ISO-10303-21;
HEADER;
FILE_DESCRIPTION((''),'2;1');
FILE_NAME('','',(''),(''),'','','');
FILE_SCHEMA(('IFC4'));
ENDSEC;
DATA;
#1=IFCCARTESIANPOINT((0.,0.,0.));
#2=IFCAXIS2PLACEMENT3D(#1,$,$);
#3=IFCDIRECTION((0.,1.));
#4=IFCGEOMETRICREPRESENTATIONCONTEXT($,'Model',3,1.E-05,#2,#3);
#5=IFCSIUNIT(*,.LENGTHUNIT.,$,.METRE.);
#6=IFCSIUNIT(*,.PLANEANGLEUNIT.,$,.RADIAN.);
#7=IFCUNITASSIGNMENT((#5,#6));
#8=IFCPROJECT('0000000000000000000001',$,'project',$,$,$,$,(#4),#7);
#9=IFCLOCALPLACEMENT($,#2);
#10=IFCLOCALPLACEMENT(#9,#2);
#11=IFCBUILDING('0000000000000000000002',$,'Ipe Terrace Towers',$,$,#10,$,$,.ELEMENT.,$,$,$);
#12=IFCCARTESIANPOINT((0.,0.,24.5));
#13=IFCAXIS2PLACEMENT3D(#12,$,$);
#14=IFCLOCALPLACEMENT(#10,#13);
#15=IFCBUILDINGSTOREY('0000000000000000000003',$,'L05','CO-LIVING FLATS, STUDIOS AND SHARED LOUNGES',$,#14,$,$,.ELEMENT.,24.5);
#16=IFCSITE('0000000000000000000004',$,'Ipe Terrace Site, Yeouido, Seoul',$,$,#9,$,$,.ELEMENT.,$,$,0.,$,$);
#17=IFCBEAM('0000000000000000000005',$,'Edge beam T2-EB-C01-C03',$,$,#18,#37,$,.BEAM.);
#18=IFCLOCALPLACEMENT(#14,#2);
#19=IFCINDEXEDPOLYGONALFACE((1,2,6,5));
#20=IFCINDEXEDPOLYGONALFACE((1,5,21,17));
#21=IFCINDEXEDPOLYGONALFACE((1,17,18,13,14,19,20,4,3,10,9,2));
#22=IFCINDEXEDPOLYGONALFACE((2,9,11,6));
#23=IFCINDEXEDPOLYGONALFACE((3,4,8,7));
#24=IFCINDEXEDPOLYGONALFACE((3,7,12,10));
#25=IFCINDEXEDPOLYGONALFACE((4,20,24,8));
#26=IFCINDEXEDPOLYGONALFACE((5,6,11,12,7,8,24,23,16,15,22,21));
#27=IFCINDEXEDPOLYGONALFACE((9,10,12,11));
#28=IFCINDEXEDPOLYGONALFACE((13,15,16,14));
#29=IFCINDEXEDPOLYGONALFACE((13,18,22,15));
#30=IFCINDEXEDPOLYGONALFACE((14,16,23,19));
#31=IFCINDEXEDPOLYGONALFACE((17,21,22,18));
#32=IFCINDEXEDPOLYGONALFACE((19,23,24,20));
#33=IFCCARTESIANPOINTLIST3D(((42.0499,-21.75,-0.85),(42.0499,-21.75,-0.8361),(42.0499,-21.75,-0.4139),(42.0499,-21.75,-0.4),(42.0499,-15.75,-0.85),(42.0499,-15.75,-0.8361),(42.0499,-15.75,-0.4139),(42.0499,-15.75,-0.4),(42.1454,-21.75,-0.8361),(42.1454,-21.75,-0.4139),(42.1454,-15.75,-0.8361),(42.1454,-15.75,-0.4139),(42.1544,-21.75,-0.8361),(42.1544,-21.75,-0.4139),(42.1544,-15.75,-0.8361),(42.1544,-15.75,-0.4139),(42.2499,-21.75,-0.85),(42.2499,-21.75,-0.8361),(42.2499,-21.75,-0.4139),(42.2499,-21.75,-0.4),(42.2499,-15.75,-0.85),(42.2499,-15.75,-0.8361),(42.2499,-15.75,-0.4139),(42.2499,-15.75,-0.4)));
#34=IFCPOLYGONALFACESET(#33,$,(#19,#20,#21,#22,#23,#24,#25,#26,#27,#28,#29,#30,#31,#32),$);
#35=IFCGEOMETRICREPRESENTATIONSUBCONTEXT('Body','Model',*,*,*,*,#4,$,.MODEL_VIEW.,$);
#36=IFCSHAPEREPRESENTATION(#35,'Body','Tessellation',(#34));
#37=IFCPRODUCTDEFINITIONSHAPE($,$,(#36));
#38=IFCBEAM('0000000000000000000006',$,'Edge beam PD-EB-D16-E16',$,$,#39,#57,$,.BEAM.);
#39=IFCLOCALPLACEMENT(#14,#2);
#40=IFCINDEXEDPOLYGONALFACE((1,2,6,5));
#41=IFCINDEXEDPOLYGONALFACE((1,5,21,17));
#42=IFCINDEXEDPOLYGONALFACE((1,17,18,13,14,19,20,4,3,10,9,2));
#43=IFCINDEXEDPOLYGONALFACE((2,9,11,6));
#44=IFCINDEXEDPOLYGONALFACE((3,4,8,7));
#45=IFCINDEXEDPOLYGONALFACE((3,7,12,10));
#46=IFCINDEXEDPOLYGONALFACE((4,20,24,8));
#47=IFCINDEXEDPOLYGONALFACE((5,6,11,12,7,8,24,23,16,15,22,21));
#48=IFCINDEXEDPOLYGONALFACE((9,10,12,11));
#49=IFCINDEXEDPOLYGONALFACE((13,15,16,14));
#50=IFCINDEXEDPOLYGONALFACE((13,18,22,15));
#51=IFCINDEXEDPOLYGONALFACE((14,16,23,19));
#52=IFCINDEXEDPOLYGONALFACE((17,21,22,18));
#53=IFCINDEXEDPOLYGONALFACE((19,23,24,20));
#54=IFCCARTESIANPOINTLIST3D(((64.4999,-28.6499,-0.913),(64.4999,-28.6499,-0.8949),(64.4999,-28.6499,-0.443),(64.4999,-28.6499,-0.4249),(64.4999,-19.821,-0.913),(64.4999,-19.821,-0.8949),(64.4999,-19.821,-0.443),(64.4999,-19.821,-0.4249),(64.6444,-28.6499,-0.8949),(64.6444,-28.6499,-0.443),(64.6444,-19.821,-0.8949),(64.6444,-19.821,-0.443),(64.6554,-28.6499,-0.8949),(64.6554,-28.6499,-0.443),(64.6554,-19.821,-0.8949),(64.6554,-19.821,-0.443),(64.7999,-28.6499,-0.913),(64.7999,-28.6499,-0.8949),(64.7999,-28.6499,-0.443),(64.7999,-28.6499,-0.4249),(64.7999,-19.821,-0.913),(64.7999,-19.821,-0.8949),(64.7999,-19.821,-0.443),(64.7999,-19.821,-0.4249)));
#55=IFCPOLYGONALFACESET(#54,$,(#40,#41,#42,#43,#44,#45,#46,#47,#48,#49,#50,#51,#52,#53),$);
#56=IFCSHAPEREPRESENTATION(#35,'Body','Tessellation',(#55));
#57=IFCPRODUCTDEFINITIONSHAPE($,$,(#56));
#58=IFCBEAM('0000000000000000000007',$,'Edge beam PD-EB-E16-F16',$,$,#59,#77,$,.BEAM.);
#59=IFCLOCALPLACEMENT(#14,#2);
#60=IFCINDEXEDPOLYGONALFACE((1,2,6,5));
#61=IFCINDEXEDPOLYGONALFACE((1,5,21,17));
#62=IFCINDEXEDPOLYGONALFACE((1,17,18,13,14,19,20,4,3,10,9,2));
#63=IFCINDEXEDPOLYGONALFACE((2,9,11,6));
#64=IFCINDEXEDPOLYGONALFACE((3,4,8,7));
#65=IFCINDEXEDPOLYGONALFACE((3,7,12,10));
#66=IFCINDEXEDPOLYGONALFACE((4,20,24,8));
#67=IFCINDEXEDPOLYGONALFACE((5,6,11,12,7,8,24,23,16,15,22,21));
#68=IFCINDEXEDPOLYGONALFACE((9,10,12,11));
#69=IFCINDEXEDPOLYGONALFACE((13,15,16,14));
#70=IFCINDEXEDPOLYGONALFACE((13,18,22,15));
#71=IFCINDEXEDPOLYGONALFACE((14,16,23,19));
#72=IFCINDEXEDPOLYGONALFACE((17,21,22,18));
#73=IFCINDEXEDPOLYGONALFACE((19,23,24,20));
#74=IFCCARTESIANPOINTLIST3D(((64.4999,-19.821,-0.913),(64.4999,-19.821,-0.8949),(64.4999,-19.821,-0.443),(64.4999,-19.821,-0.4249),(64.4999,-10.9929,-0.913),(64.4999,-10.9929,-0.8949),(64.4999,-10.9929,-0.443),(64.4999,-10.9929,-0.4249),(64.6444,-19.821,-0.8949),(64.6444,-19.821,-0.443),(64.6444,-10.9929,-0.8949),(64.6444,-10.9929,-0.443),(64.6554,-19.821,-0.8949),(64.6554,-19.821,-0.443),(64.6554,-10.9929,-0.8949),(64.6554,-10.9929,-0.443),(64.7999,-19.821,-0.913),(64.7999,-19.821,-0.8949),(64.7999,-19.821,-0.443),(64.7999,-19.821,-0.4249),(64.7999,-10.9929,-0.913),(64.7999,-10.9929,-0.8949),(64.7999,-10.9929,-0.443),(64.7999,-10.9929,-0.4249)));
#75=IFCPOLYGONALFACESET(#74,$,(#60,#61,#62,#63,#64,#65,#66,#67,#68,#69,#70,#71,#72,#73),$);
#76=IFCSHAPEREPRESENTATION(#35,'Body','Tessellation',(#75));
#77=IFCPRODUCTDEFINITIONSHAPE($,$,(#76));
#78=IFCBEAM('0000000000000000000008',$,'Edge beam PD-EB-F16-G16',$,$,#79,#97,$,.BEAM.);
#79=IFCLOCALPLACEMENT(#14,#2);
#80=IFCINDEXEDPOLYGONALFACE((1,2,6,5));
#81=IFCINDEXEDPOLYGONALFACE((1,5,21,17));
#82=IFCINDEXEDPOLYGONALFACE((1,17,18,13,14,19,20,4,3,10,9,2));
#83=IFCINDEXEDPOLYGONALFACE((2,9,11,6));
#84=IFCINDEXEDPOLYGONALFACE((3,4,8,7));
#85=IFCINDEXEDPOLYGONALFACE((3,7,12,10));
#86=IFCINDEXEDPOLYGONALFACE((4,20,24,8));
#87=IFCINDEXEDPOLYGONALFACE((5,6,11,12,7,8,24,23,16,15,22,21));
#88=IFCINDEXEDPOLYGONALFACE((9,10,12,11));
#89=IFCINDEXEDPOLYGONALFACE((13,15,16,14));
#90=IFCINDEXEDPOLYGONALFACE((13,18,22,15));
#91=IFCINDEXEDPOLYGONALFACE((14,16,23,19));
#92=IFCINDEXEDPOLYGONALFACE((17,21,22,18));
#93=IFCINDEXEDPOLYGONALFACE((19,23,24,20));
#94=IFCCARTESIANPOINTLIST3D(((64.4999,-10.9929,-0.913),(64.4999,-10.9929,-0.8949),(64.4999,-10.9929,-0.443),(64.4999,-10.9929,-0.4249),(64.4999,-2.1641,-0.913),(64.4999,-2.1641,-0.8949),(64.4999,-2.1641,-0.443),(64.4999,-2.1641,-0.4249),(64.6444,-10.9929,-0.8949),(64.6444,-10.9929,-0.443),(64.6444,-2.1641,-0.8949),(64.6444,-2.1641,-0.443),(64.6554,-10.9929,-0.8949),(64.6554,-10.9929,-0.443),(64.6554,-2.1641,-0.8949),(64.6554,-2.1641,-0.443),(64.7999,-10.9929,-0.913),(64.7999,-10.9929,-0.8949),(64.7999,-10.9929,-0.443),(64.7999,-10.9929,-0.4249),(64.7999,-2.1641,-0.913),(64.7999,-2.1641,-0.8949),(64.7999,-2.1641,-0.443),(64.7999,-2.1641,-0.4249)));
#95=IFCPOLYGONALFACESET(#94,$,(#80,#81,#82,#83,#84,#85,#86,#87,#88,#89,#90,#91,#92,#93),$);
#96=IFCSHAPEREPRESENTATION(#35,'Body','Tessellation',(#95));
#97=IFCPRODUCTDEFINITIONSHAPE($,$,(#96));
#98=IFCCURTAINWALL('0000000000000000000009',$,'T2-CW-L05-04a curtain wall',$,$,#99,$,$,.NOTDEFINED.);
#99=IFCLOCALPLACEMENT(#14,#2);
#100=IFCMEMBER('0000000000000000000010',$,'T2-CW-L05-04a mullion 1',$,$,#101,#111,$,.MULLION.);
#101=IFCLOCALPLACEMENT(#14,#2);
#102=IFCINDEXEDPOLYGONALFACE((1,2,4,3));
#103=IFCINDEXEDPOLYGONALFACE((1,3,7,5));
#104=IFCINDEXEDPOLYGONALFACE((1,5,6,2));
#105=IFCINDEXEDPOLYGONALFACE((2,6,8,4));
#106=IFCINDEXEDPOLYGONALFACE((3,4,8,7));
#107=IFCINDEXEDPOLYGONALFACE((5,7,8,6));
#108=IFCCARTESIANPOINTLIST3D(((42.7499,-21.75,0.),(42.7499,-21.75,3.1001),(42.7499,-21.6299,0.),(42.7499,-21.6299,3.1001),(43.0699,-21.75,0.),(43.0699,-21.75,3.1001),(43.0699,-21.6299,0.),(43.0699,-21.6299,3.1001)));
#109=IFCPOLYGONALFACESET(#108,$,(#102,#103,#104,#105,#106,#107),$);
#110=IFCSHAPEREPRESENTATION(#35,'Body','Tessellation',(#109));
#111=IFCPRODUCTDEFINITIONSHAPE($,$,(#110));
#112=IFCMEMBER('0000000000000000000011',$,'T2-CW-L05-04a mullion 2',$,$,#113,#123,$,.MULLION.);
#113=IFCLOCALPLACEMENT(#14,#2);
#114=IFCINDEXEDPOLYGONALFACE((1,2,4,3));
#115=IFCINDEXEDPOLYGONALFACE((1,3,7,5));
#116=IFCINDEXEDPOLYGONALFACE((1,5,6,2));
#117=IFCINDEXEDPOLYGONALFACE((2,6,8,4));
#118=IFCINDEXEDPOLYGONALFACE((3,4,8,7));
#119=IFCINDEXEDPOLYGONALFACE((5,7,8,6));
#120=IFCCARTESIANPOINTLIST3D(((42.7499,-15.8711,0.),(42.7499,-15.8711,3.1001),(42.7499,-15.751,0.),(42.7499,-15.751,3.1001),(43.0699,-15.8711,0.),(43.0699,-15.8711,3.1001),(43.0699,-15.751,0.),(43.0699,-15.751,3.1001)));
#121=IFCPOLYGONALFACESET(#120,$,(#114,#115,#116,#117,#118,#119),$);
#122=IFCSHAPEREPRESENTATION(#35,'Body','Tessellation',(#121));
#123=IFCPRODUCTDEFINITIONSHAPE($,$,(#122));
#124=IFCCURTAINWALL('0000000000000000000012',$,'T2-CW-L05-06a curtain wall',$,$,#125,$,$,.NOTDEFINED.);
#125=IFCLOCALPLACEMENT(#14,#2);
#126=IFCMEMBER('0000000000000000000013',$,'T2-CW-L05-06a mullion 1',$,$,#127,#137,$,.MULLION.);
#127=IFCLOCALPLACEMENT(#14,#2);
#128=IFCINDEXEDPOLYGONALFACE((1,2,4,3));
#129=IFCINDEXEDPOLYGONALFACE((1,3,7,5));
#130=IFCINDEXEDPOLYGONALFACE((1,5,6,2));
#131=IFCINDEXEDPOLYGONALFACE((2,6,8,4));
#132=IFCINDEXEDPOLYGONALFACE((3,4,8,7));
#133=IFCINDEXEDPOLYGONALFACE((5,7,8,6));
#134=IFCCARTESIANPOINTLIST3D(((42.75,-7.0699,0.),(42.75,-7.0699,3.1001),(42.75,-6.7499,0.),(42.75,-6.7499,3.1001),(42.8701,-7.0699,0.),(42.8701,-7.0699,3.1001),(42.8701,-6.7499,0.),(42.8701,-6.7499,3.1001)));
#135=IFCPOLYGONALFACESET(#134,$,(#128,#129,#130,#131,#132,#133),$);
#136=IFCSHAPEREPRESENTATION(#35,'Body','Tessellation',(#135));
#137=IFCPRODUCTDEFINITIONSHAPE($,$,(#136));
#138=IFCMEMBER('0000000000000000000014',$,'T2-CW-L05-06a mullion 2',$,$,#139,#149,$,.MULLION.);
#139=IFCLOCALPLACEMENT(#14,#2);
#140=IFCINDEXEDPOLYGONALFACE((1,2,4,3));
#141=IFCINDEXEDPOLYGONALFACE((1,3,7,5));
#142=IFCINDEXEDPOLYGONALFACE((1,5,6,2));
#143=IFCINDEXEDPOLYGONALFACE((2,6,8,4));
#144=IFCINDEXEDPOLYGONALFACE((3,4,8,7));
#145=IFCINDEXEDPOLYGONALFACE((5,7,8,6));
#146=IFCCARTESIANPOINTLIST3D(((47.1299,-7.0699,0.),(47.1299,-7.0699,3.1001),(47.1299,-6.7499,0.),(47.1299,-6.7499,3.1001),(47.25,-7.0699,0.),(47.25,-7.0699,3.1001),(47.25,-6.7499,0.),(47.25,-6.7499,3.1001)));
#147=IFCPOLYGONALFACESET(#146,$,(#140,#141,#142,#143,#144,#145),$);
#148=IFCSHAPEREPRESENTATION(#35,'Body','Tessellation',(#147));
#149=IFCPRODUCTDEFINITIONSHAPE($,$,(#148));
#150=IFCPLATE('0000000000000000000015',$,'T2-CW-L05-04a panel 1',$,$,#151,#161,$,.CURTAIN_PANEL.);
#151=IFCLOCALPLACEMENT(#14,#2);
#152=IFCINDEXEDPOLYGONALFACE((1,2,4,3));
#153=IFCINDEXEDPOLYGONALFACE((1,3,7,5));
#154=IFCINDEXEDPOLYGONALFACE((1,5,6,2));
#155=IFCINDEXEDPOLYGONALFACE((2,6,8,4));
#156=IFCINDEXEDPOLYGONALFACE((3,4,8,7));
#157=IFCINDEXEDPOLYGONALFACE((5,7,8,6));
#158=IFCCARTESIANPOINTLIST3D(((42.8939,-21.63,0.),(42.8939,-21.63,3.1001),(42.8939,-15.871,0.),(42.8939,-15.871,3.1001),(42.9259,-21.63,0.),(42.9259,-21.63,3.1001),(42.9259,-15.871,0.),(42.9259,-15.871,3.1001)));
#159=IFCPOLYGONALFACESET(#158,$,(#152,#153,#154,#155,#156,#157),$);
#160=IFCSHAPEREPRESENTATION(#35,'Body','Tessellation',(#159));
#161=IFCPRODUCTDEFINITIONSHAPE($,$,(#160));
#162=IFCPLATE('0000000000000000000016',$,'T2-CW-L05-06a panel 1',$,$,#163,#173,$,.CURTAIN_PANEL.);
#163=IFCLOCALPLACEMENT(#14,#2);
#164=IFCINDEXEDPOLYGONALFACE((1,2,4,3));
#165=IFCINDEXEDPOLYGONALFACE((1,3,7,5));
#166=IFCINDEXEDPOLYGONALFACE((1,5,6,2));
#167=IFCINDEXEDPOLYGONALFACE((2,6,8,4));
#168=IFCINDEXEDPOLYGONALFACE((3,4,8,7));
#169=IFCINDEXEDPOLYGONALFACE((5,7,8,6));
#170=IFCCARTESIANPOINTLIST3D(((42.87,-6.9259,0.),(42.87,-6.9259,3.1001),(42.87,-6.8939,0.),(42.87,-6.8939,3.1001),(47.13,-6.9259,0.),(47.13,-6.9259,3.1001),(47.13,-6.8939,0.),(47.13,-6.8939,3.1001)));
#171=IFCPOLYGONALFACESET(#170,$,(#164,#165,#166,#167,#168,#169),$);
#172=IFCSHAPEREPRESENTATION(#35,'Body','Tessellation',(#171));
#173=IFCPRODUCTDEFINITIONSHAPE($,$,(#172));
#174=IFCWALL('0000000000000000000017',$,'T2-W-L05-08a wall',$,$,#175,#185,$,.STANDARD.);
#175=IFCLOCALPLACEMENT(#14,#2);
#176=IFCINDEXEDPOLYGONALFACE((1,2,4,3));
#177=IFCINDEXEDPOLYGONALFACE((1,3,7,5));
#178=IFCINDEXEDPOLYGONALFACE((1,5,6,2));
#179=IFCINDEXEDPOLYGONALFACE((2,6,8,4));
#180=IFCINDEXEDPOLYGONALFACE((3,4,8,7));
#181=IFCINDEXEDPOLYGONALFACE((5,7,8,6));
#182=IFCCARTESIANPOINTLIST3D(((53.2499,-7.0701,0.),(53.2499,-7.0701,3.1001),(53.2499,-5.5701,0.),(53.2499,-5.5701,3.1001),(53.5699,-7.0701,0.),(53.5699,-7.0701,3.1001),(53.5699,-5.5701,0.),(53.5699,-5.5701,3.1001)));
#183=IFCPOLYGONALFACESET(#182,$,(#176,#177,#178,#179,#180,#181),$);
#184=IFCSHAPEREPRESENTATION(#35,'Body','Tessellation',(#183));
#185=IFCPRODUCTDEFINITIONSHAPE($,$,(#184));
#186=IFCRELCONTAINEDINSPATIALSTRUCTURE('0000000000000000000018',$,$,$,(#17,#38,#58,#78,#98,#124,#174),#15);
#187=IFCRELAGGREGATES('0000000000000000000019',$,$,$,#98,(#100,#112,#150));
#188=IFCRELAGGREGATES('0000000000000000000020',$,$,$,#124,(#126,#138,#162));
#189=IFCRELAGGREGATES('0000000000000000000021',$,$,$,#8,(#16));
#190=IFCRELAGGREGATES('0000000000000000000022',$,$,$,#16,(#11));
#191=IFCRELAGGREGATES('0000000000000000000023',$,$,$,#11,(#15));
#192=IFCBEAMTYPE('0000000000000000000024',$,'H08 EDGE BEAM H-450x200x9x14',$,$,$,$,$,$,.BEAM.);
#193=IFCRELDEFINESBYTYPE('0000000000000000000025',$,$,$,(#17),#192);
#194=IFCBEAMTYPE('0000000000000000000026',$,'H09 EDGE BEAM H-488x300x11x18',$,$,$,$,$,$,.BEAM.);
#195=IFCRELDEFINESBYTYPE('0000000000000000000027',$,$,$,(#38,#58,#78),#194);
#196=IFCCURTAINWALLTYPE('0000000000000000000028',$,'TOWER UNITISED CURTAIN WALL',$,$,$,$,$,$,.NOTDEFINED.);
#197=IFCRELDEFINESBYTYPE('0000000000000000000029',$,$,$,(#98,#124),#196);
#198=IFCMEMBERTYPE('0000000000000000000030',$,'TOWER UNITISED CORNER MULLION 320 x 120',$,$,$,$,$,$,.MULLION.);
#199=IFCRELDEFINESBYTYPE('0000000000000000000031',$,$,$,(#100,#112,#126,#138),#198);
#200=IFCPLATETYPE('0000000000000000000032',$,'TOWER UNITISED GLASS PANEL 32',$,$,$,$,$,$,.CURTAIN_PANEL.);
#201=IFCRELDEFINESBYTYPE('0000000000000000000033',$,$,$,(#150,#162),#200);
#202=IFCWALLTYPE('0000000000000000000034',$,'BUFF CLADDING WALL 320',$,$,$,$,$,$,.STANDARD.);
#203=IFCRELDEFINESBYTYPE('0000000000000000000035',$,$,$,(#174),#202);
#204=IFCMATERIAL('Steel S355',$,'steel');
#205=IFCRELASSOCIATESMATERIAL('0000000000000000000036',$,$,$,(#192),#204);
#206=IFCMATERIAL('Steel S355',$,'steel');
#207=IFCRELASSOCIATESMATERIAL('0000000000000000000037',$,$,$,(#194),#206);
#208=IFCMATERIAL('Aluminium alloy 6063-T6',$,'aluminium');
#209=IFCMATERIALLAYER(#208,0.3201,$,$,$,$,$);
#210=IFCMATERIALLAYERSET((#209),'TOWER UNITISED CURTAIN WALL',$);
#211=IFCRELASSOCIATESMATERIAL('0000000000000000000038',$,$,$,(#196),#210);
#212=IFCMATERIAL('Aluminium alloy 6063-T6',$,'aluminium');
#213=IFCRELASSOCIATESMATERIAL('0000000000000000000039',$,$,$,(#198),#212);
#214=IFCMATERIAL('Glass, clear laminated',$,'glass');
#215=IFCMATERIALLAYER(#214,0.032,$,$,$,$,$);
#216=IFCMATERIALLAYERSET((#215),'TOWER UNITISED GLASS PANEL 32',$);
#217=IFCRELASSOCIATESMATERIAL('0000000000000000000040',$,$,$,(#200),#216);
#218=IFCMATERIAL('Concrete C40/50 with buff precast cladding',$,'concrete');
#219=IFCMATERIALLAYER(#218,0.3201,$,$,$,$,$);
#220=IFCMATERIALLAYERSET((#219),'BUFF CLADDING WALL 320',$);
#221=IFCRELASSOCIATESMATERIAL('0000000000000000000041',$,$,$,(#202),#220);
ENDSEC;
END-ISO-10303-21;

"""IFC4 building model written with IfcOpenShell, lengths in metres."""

from ifc_helpers import new_model, si_unit, direction, frame, frame_2d, origin, origin_2d, place, context, subcontext, project, spatial, rectangle, i_section, extrude, material, layer, layer_set, material_profile, profile_set, type_object, element, aggregate, save


model = new_model("IFC4")

# Units and contexts
model_context = context("Model", 3, precision=1e-05, world=origin(), true_north=direction((0.0, 1.0)))
body_context = subcontext(model_context, "Body", "Model", "MODEL_VIEW")
ifc_project = project(units=[si_unit("LENGTHUNIT", "METRE"), si_unit("PLANEANGLEUNIT", "RADIAN")], contexts=[model_context])

# Site, building, storey
site_placement = place(None, origin())
site = spatial("IfcSite", under=ifc_project, at=site_placement, Name="Ipe Terrace Site, Yeouido, Seoul", CompositionType="ELEMENT", RefElevation=0.0)
building_placement = place(site_placement, origin())
building = spatial("IfcBuilding", under=site, at=building_placement, Name="Ipe Terrace Towers", CompositionType="ELEMENT")
storey_placement = place(building_placement, frame((0.0, 0.0, 24.5)))
storey = spatial("IfcBuildingStorey", under=building, at=storey_placement, Name="L05", Description="CO-LIVING FLATS, STUDIOS AND SHARED LOUNGES", CompositionType="ELEMENT", Elevation=24.5)

# Beams
ifc_material_1 = material(Name="Steel S355", Category="steel")
ifc_material_profile_1 = material_profile(ifc_material_1, i_section(OverallWidth=0.2, OverallDepth=0.45, WebThickness=0.009, FlangeThickness=0.0139, at=origin_2d()), Name="H-450x200x9x14")
ifc_profile_set_1 = profile_set([ifc_material_profile_1], Name="Steel S355")
beam_type_1 = type_object("IfcBeamType", Name="H08 EDGE BEAM H-450x200x9x14", PredefinedType="BEAM", material=ifc_profile_set_1)
beam_1_placement = place(storey_placement, frame((42.1499, -15.75, -0.625), z_axis=(0.0, -1.0, 0.0), x_axis=(1.0, 0.0, 0.0)))
element("IfcBeam", 1, at=beam_1_placement, inside=storey, type_object=beam_type_1, Name="Edge beam T2-EB-C01-C03", PredefinedType="BEAM", context=body_context, shape_type="SweptSolid", body=[
    extrude(i_section(OverallWidth=0.2, OverallDepth=0.45, WebThickness=0.009, FlangeThickness=0.0139, at=origin_2d()), origin(), (0.0, 0.0, 1.0), 6.0),
])
ifc_material_2 = material(Name="Steel S355", Category="steel")
ifc_material_profile_2 = material_profile(ifc_material_2, i_section(OverallWidth=0.3, OverallDepth=0.488, WebThickness=0.011, FlangeThickness=0.0181, at=origin_2d()), Name="H-488x300x11x18")
ifc_profile_set_2 = profile_set([ifc_material_profile_2], Name="Steel S355")
beam_type_2 = type_object("IfcBeamType", Name="H09 EDGE BEAM H-488x300x11x18", PredefinedType="BEAM", material=ifc_profile_set_2)
beam_2_placement = place(storey_placement, frame((64.6499, -28.6499, -0.6689), z_axis=(0.0, 1.0, 0.0), x_axis=(-1.0, 0.0, 0.0)))
element("IfcBeam", 2, at=beam_2_placement, inside=storey, type_object=beam_type_2, Name="Edge beam PD-EB-D16-E16", PredefinedType="BEAM", context=body_context, shape_type="SweptSolid", body=[
    extrude(i_section(OverallWidth=0.3, OverallDepth=0.488, WebThickness=0.011, FlangeThickness=0.0181, at=origin_2d()), origin(), (0.0, 0.0, 1.0), 8.8289),
])
beam_3_placement = place(storey_placement, frame((64.6499, -19.821, -0.6689), z_axis=(0.0, 1.0, 0.0), x_axis=(-1.0, 0.0, 0.0)))
element("IfcBeam", 3, at=beam_3_placement, inside=storey, type_object=beam_type_2, Name="Edge beam PD-EB-E16-F16", PredefinedType="BEAM", context=body_context, shape_type="SweptSolid", body=[
    extrude(i_section(OverallWidth=0.3, OverallDepth=0.488, WebThickness=0.011, FlangeThickness=0.0181, at=origin_2d()), origin(), (0.0, 0.0, 1.0), 8.8281),
])
beam_4_placement = place(storey_placement, frame((64.6499, -10.9929, -0.6689), z_axis=(0.0, 1.0, 0.0), x_axis=(-1.0, 0.0, 0.0)))
element("IfcBeam", 4, at=beam_4_placement, inside=storey, type_object=beam_type_2, Name="Edge beam PD-EB-F16-G16", PredefinedType="BEAM", context=body_context, shape_type="SweptSolid", body=[
    extrude(i_section(OverallWidth=0.3, OverallDepth=0.488, WebThickness=0.011, FlangeThickness=0.0181, at=origin_2d()), origin(), (0.0, 0.0, 1.0), 8.8289),
])

# Curtain walls, members
ifc_material_3 = material(Name="Aluminium alloy 6063-T6", Category="aluminium")
ifc_layer_1 = layer(ifc_material_3, 0.3201)
ifc_layer_set_1 = layer_set([ifc_layer_1], Name="TOWER UNITISED CURTAIN WALL")
curtain_wall_type = type_object("IfcCurtainWallType", Name="TOWER UNITISED CURTAIN WALL", PredefinedType="NOTDEFINED", material=ifc_layer_set_1)
curtain_wall_1_placement = place(storey_placement, origin())
curtain_wall_1 = element("IfcCurtainWall", 5, at=curtain_wall_1_placement, inside=storey, type_object=curtain_wall_type, Name="T2-CW-L05-04a curtain wall", PredefinedType="NOTDEFINED")
ifc_material_4 = material(Name="Aluminium alloy 6063-T6", Category="aluminium")
ifc_material_profile_3 = material_profile(ifc_material_4, rectangle(XDim=0.3201, YDim=0.1201, at=origin_2d()), Name="TOWER UNITISED CORNER MULLION 320 x 120")
ifc_profile_set_3 = profile_set([ifc_material_profile_3], Name="Aluminium alloy 6063-T6")
member_type = type_object("IfcMemberType", Name="TOWER UNITISED CORNER MULLION 320 x 120", PredefinedType="MULLION", material=ifc_profile_set_3)
member_1_placement = place(storey_placement, frame((42.9099, -21.6899, 0.0), z_axis=(0.0, 0.0, 1.0), x_axis=(1.0, 0.0, 0.0)))
member_1 = element("IfcMember", 6, at=member_1_placement, type_object=member_type, Name="T2-CW-L05-04a mullion 1", PredefinedType="MULLION", context=body_context, shape_type="SweptSolid", body=[
    extrude(rectangle(XDim=0.3201, YDim=0.1201, at=origin_2d()), origin(), (0.0, 0.0, 1.0), 3.1001),
])
member_2_placement = place(storey_placement, frame((42.9099, -15.811, 0.0), z_axis=(0.0, 0.0, 1.0), x_axis=(1.0, 0.0, 0.0)))
member_2 = element("IfcMember", 7, at=member_2_placement, type_object=member_type, Name="T2-CW-L05-04a mullion 2", PredefinedType="MULLION", context=body_context, shape_type="SweptSolid", body=[
    extrude(rectangle(XDim=0.3201, YDim=0.1201, at=origin_2d()), origin(), (0.0, 0.0, 1.0), 3.1001),
])
curtain_wall_2_placement = place(storey_placement, origin())
curtain_wall_2 = element("IfcCurtainWall", 8, at=curtain_wall_2_placement, inside=storey, type_object=curtain_wall_type, Name="T2-CW-L05-06a curtain wall", PredefinedType="NOTDEFINED")
member_3_placement = place(storey_placement, frame((42.8101, -6.9099, 0.0), z_axis=(0.0, 0.0, 1.0), x_axis=(0.0, -1.0, 0.0)))
member_3 = element("IfcMember", 9, at=member_3_placement, type_object=member_type, Name="T2-CW-L05-06a mullion 1", PredefinedType="MULLION", context=body_context, shape_type="SweptSolid", body=[
    extrude(rectangle(XDim=0.3201, YDim=0.1201, at=origin_2d()), origin(), (0.0, 0.0, 1.0), 3.1001),
])
member_4_placement = place(storey_placement, frame((47.1899, -6.9099, 0.0), z_axis=(0.0, 0.0, 1.0), x_axis=(0.0, -1.0, 0.0)))
member_4 = element("IfcMember", 10, at=member_4_placement, type_object=member_type, Name="T2-CW-L05-06a mullion 2", PredefinedType="MULLION", context=body_context, shape_type="SweptSolid", body=[
    extrude(rectangle(XDim=0.3201, YDim=0.1201, at=origin_2d()), origin(), (0.0, 0.0, 1.0), 3.1001),
])

# Plates
ifc_material_5 = material(Name="Glass, clear laminated", Category="glass")
ifc_layer_2 = layer(ifc_material_5, 0.032)
ifc_layer_set_2 = layer_set([ifc_layer_2], Name="TOWER UNITISED GLASS PANEL 32")
plate_type = type_object("IfcPlateType", Name="TOWER UNITISED GLASS PANEL 32", PredefinedType="CURTAIN_PANEL", material=ifc_layer_set_2)
plate_1_placement = place(storey_placement, frame((42.9099, -18.7505, 0.0), z_axis=(0.0, 0.0, 1.0), x_axis=(0.0, 1.0, 0.0)))
plate_1 = element("IfcPlate", 11, at=plate_1_placement, type_object=plate_type, Name="T2-CW-L05-04a panel 1", PredefinedType="CURTAIN_PANEL", context=body_context, shape_type="SweptSolid", body=[
    extrude(rectangle(XDim=5.759, YDim=0.032, at=origin_2d()), origin(), (0.0, 0.0, 1.0), 3.1001),
])
aggregate(curtain_wall_1, [member_1, member_2, plate_1])
plate_2_placement = place(storey_placement, frame((45.0, -6.9099, 0.0), z_axis=(0.0, 0.0, 1.0), x_axis=(1.0, 0.0, 0.0)))
plate_2 = element("IfcPlate", 12, at=plate_2_placement, type_object=plate_type, Name="T2-CW-L05-06a panel 1", PredefinedType="CURTAIN_PANEL", context=body_context, shape_type="SweptSolid", body=[
    extrude(rectangle(XDim=4.26, YDim=0.032, at=origin_2d()), origin(), (0.0, 0.0, 1.0), 3.1001),
])
aggregate(curtain_wall_2, [member_3, member_4, plate_2])

# Wall
ifc_material_6 = material(Name="Concrete C40/50 with buff precast cladding", Category="concrete")
ifc_layer_3 = layer(ifc_material_6, 0.3201)
ifc_layer_set_3 = layer_set([ifc_layer_3], Name="BUFF CLADDING WALL 320")
wall_type_1 = type_object("IfcWallType", Name="BUFF CLADDING WALL 320", PredefinedType="STANDARD", material=ifc_layer_set_3)
wall_1_placement = place(storey_placement, frame((53.4099, -7.0701, 0.0), z_axis=(0.0, 0.0, 1.0), x_axis=(0.0, 1.0, 0.0)))
element("IfcWall", 13, at=wall_1_placement, inside=storey, type_object=wall_type_1, Name="T2-W-L05-08a wall", PredefinedType="STANDARD", context=body_context, shape_type="SweptSolid", body=[
    extrude(rectangle(XDim=1.5, YDim=0.3201, at=frame_2d((0.75, 0.0))), origin(), (0.0, 0.0, 1.0), 3.1001),
])

save(model, "model.ifc")
